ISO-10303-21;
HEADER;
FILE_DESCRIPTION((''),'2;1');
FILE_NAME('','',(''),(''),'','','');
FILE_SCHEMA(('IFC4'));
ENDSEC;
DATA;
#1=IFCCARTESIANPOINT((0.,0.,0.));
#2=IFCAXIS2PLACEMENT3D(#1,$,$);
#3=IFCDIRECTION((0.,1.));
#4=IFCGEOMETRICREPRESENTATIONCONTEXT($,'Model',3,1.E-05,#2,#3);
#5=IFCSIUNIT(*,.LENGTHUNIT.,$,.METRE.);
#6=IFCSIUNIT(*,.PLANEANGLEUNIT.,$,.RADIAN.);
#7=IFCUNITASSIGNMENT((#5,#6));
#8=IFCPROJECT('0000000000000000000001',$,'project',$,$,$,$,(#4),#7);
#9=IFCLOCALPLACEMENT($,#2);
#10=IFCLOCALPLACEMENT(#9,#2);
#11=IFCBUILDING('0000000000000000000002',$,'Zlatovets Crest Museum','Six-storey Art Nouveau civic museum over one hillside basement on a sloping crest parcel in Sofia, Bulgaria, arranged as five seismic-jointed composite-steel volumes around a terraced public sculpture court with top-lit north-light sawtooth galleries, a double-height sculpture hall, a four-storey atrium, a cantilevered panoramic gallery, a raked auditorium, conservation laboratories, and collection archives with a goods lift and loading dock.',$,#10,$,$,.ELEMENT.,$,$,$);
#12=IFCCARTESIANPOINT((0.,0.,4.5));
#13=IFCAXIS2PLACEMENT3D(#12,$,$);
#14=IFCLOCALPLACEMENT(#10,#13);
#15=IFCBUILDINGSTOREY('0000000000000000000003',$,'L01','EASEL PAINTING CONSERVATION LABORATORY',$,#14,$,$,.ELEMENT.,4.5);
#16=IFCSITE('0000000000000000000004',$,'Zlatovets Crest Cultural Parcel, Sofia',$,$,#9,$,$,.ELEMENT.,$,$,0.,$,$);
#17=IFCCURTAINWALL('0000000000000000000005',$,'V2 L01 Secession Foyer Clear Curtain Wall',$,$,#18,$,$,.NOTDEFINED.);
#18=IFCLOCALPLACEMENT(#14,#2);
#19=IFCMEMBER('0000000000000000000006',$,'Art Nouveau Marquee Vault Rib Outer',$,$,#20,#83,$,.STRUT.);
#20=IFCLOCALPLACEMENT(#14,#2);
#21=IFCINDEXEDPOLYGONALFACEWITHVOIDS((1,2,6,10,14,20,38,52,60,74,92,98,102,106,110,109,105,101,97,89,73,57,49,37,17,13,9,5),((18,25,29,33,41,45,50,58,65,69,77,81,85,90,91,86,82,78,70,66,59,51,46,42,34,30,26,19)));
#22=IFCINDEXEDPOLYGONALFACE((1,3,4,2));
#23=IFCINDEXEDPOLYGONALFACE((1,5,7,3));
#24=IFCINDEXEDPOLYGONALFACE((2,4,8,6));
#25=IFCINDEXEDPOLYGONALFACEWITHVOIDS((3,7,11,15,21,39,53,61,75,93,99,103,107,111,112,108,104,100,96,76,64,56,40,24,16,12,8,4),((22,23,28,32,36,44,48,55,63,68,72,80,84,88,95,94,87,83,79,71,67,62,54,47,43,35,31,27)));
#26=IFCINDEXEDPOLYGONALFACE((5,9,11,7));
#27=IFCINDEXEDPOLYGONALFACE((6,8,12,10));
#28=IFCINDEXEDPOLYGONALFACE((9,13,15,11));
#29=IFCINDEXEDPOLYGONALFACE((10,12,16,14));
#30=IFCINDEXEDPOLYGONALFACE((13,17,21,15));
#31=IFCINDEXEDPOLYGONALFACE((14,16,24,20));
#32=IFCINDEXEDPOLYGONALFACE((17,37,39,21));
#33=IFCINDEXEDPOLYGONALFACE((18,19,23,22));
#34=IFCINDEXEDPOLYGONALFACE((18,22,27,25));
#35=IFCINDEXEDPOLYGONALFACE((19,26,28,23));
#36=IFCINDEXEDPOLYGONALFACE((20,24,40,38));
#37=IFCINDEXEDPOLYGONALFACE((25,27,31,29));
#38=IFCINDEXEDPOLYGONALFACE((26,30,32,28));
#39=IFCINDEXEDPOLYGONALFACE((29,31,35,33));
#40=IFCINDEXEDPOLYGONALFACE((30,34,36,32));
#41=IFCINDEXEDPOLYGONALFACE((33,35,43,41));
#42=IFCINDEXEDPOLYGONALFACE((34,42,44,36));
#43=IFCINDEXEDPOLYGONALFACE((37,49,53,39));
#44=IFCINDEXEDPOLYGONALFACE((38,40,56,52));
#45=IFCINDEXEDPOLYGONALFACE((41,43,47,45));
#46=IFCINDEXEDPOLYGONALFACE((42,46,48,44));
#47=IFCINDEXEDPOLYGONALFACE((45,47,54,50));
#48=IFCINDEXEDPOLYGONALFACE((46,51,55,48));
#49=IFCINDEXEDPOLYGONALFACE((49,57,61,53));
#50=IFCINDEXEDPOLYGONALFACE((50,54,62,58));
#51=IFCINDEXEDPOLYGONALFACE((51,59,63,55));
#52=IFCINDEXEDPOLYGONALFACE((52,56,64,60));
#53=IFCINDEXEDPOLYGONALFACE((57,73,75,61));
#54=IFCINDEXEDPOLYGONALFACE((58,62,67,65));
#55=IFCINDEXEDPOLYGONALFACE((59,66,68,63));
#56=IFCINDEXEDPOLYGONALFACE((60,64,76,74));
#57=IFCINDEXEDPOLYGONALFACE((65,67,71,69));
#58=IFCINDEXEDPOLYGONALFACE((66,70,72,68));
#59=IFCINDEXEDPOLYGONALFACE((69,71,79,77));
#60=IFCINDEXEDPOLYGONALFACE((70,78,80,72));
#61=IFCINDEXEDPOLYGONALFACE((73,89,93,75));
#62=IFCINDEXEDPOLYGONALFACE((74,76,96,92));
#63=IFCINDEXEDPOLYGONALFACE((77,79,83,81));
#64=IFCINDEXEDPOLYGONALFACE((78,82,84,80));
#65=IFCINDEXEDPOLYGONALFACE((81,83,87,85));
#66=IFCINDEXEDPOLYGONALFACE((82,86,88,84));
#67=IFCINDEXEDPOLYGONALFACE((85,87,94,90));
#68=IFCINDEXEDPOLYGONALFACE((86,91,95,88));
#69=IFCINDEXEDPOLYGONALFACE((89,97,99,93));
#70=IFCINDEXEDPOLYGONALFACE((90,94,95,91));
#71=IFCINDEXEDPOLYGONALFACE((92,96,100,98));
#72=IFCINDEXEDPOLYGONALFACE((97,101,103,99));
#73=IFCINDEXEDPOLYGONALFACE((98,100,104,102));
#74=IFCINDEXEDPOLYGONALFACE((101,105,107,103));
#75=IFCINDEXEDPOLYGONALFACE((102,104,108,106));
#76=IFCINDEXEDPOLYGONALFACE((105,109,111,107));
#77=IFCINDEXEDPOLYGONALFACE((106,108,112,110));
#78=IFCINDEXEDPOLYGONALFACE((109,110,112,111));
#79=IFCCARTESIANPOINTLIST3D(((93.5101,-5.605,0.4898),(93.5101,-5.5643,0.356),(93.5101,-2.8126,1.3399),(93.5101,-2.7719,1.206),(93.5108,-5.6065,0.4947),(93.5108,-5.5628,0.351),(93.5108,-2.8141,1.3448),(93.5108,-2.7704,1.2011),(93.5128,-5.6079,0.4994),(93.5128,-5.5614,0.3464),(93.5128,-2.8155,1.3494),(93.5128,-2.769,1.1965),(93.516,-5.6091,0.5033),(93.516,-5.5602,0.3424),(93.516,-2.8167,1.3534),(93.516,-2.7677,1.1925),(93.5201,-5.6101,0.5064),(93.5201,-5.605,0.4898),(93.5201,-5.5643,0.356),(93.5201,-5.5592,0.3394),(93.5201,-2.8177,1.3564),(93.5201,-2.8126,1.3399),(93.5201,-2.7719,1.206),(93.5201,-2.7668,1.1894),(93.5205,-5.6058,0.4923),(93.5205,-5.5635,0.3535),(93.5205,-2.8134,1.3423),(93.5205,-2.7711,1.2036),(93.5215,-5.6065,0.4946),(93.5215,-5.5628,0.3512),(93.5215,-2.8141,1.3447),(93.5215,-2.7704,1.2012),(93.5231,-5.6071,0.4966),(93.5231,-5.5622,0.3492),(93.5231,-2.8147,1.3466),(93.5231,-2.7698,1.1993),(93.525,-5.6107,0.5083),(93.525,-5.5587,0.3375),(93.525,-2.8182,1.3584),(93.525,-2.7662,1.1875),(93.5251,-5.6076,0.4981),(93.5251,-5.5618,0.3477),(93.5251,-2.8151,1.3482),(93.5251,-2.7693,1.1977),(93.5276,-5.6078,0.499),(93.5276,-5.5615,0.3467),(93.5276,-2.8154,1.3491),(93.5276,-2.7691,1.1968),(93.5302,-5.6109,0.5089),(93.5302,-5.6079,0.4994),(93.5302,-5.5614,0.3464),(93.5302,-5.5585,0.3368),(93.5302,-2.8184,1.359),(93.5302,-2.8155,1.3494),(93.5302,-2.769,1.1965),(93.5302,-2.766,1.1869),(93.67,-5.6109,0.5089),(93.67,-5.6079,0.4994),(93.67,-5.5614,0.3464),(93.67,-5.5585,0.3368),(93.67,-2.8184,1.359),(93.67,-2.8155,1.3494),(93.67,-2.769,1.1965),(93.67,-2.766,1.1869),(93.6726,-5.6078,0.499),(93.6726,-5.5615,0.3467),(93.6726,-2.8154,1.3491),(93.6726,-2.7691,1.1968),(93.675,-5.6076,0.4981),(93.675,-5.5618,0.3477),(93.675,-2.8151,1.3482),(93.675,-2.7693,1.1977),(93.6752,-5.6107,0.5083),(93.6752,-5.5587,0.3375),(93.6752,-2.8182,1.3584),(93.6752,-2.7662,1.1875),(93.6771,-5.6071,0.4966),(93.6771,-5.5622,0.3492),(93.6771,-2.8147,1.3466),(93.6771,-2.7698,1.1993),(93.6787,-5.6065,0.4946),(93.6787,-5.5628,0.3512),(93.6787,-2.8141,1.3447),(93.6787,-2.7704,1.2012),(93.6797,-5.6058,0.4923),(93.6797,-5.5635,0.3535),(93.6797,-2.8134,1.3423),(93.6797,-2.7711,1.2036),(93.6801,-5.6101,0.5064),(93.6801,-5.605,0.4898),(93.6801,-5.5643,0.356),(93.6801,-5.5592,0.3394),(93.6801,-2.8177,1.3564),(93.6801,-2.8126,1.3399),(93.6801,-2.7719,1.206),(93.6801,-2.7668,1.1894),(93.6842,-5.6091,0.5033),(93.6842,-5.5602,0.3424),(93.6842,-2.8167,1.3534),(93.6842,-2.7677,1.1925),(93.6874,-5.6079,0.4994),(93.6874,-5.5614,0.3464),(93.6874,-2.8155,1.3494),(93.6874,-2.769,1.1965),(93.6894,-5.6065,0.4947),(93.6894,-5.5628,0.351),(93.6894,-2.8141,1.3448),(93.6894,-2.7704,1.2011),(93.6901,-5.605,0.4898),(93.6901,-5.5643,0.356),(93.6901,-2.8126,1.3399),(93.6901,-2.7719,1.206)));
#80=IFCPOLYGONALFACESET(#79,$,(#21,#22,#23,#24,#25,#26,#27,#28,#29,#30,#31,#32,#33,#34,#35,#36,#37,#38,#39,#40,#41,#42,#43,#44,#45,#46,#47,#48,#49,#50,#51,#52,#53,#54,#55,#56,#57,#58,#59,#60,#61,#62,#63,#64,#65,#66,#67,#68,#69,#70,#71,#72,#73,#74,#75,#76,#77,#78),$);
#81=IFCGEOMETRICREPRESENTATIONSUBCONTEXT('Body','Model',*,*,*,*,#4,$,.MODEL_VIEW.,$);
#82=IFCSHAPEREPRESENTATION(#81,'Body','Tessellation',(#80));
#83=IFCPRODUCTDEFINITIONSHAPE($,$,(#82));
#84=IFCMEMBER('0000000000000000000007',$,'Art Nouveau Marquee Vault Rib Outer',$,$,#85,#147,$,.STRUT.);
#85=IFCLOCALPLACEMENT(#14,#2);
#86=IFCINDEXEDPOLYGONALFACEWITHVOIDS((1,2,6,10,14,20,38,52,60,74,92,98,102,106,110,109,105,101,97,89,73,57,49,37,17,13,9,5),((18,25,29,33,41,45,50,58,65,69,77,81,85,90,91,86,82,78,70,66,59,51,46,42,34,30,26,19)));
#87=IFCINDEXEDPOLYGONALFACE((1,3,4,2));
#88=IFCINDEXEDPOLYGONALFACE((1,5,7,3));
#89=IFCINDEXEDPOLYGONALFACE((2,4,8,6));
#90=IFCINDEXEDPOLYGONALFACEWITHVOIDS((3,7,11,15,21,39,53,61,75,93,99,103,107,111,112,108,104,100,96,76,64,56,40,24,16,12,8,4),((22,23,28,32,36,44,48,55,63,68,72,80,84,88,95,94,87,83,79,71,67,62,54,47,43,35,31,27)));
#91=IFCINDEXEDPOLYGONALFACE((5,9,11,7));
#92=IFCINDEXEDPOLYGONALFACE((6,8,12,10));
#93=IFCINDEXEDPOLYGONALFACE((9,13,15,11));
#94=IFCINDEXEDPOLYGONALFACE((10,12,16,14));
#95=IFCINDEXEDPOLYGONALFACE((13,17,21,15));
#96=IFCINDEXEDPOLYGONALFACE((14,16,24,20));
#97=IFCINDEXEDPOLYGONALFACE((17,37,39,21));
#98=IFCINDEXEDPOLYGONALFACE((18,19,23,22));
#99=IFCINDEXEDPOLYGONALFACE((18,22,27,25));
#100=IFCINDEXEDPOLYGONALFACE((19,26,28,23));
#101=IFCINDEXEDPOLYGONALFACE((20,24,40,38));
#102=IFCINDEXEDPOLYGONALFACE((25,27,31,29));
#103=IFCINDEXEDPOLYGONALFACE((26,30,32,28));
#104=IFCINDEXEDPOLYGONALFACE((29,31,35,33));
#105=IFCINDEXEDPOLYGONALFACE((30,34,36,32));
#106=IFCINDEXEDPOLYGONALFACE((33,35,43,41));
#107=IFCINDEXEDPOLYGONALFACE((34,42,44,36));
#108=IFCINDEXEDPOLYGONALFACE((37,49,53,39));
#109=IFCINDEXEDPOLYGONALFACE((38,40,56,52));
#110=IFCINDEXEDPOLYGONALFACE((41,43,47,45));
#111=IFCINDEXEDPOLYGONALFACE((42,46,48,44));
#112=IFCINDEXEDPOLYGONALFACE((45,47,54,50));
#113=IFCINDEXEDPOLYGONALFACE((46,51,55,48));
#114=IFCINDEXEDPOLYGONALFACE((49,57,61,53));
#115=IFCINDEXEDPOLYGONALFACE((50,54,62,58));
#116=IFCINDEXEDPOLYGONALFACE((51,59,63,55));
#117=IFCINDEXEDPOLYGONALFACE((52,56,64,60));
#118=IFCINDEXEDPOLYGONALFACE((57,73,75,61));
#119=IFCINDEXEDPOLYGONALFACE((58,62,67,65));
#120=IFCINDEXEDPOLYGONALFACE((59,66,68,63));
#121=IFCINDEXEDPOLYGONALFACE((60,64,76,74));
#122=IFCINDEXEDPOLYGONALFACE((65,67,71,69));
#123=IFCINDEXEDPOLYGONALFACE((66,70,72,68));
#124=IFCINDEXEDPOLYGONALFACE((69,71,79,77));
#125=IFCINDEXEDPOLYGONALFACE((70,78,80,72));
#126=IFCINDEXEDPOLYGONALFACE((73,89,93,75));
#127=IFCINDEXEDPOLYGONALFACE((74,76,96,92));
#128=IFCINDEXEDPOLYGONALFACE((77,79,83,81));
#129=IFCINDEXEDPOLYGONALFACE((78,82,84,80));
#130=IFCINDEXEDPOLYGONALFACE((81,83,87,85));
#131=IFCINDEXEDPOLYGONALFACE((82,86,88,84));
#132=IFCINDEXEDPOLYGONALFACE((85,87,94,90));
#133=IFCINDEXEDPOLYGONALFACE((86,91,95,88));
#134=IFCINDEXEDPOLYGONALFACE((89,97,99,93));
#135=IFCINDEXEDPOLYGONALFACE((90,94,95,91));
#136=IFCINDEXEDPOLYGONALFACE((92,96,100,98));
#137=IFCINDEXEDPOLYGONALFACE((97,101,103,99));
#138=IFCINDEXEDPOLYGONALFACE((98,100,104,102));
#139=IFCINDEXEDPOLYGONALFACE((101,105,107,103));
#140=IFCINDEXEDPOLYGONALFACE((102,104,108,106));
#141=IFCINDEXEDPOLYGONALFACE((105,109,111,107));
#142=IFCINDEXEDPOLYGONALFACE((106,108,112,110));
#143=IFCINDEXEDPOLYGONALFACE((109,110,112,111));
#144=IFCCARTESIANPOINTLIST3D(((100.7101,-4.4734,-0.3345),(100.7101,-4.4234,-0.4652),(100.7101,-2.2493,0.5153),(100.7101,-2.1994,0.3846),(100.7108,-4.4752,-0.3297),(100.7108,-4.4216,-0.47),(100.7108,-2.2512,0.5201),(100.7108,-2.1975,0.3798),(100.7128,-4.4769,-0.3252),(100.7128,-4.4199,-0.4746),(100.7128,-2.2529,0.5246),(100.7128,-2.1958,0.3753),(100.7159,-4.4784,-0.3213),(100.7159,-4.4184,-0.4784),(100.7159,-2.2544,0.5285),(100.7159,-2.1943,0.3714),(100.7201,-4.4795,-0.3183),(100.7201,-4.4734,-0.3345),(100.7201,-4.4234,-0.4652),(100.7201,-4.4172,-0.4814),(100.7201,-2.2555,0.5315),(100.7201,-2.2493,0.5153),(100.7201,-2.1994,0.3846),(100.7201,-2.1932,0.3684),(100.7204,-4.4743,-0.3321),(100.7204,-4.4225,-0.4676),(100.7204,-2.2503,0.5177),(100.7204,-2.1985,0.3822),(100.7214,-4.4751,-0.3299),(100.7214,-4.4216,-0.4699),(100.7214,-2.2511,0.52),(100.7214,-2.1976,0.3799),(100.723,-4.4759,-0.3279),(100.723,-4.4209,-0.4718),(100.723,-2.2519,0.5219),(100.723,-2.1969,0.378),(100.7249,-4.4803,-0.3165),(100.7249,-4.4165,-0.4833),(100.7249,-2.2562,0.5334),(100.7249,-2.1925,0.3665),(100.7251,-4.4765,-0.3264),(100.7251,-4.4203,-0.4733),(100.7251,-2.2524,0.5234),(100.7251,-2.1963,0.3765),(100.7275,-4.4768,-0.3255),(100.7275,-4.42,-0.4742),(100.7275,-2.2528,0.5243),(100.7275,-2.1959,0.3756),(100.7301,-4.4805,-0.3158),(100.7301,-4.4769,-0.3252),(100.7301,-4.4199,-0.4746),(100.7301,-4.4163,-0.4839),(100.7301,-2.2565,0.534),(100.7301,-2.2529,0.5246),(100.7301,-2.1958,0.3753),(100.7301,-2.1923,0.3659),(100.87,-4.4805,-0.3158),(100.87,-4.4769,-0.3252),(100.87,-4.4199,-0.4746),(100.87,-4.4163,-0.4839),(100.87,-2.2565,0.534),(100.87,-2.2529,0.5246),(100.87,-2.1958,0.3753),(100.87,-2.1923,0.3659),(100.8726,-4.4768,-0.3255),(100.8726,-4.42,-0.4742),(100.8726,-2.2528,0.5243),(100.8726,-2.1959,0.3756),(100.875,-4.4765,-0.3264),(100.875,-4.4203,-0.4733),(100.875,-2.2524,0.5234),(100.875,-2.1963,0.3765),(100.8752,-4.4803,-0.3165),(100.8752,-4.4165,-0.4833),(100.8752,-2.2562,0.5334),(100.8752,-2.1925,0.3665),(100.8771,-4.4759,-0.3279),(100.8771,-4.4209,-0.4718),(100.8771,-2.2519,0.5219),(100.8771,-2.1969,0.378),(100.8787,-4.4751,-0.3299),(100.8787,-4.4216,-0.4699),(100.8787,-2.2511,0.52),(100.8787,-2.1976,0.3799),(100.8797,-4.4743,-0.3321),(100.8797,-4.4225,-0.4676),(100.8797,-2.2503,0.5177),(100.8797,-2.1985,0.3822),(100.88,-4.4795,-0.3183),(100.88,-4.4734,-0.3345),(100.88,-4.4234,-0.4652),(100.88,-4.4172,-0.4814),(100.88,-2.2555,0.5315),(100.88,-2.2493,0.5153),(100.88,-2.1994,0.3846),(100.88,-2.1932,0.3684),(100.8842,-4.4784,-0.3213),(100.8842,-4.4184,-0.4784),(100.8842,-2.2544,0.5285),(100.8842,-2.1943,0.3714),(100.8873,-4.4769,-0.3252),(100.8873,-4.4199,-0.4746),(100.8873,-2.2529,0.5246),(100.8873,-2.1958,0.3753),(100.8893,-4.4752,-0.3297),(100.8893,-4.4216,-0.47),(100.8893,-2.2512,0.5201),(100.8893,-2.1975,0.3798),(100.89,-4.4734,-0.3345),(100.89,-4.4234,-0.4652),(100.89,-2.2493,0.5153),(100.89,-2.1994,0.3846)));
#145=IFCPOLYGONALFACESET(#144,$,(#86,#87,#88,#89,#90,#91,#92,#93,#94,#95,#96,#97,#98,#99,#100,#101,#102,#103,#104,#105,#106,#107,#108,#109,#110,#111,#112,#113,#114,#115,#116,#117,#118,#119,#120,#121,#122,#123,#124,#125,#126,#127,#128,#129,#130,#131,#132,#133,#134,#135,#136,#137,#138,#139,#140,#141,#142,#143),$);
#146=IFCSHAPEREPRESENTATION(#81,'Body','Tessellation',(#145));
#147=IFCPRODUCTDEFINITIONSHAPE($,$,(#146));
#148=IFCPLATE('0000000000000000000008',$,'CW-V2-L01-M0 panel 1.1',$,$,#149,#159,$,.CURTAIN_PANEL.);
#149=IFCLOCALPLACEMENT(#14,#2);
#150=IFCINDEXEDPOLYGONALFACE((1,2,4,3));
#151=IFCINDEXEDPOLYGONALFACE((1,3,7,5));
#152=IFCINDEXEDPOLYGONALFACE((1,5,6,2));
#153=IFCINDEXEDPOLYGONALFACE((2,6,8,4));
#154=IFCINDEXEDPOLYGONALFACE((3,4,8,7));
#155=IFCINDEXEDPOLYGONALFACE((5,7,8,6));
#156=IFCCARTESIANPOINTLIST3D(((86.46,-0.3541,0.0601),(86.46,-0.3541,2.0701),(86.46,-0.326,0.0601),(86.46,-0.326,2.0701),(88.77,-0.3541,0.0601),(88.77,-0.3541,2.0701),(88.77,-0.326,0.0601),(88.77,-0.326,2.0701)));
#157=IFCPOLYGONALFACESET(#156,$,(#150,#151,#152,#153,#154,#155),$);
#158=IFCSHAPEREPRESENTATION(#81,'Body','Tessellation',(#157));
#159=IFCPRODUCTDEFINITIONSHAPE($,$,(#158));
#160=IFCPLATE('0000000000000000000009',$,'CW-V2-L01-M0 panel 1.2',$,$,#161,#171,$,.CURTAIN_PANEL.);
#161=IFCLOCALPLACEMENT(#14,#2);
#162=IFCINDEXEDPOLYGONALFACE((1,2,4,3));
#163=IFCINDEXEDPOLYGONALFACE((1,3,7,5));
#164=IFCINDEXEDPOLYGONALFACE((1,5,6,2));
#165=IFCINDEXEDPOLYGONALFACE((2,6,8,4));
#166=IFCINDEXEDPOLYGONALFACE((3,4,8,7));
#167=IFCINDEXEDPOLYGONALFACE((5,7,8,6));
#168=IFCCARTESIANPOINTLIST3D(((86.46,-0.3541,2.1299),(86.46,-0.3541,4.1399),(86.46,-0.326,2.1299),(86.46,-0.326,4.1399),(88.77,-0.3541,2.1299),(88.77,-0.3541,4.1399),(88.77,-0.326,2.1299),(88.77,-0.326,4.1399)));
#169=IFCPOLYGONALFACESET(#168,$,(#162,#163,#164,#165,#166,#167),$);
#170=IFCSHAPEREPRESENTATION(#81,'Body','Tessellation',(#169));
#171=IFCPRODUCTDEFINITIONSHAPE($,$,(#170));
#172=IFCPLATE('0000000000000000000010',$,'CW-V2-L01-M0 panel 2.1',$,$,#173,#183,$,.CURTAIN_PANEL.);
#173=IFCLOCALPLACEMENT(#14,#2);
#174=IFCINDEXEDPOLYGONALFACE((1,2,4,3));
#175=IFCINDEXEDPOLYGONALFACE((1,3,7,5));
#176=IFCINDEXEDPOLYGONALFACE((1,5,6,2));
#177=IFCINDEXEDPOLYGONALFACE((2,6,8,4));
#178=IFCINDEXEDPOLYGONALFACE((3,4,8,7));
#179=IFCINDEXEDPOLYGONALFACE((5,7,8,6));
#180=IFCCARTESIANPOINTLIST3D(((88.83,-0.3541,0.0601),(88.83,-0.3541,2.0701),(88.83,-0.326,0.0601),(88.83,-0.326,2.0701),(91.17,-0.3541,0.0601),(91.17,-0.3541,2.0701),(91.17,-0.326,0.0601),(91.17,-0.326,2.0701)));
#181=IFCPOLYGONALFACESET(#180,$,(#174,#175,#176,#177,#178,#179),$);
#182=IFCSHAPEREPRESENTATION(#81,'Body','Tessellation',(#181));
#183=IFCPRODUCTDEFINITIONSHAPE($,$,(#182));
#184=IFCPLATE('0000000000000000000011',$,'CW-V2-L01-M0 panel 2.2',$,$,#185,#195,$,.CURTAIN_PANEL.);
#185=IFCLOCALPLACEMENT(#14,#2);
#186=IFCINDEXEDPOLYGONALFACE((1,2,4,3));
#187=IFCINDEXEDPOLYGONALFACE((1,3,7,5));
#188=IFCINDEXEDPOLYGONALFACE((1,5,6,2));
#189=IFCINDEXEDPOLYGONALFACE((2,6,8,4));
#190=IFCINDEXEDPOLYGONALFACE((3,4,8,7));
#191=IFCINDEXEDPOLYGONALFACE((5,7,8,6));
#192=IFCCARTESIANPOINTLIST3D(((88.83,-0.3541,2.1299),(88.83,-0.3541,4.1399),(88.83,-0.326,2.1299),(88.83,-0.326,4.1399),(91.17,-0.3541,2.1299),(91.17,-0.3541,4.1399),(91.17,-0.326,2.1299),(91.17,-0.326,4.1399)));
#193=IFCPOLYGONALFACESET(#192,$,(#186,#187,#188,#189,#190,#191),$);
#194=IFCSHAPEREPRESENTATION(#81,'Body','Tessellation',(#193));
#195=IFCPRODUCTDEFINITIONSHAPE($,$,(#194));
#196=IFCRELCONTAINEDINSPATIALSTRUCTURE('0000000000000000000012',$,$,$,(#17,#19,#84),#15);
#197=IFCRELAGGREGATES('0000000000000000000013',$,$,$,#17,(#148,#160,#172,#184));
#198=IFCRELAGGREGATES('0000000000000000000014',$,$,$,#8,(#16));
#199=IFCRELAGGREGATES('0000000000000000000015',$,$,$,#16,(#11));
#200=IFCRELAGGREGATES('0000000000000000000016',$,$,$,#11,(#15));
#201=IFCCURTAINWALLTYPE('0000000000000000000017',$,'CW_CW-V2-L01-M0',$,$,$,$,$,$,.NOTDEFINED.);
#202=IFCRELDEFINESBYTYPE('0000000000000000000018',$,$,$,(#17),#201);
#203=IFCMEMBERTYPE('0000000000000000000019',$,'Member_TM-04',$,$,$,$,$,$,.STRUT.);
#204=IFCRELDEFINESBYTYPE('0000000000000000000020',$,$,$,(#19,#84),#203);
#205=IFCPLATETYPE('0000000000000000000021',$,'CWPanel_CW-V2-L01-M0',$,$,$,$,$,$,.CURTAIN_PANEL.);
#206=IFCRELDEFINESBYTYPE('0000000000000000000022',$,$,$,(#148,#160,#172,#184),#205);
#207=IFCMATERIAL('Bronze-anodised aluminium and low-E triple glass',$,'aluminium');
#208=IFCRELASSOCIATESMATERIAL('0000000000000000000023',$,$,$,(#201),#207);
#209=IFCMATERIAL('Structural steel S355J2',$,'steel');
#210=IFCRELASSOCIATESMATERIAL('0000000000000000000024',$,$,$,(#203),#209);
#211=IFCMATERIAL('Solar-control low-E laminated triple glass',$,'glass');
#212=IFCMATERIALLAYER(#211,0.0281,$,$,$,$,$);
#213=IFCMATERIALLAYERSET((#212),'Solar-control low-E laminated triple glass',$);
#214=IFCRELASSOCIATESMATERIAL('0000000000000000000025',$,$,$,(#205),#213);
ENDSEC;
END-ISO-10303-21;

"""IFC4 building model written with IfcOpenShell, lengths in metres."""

from ifc_helpers import new_model, si_unit, direction, frame, origin, origin_2d, place, context, subcontext, project, spatial, rectangle, hollow_rectangle, extrude, material, layer, layer_set, material_profile, profile_set, type_object, element, aggregate, save


model = new_model("IFC4")

# Units and contexts
model_context = context("Model", 3, precision=1e-05, world=origin(), true_north=direction((0.0, 1.0)))
body_context = subcontext(model_context, "Body", "Model", "MODEL_VIEW")
ifc_project = project(units=[si_unit("LENGTHUNIT", "METRE"), si_unit("PLANEANGLEUNIT", "RADIAN")], contexts=[model_context])

# Site, building, storey
site_placement = place(None, origin())
site = spatial("IfcSite", under=ifc_project, at=site_placement, Name="Zlatovets Crest Cultural Parcel, Sofia", CompositionType="ELEMENT", RefElevation=0.0)
building_placement = place(site_placement, origin())
building = spatial("IfcBuilding", under=site, at=building_placement, Name="Zlatovets Crest Museum", Description="Six-storey Art Nouveau civic museum over one hillside basement on a sloping crest parcel in Sofia, Bulgaria, arranged as five seismic-jointed composite-steel volumes around a terraced public sculpture court with top-lit north-light sawtooth galleries, a double-height sculpture hall, a four-storey atrium, a cantilevered panoramic gallery, a raked auditorium, conservation laboratories, and collection archives with a goods lift and loading dock.", CompositionType="ELEMENT")
storey_placement = place(building_placement, frame((0.0, 0.0, 4.5)))
storey = spatial("IfcBuildingStorey", under=building, at=storey_placement, Name="L01", Description="EASEL PAINTING CONSERVATION LABORATORY", CompositionType="ELEMENT", Elevation=4.5)

# Curtain wall
ifc_material_1 = material(Name="Bronze-anodised aluminium and low-E triple glass", Category="aluminium")
curtain_wall_type_1 = type_object("IfcCurtainWallType", Name="CW_CW-V2-L01-M0", PredefinedType="NOTDEFINED", material=ifc_material_1)
curtain_wall_1_placement = place(storey_placement, origin())
curtain_wall_1 = element("IfcCurtainWall", 1, at=curtain_wall_1_placement, inside=storey, type_object=curtain_wall_type_1, Name="V2 L01 Secession Foyer Clear Curtain Wall", PredefinedType="NOTDEFINED")

# Members
ifc_material_2 = material(Name="Structural steel S355J2", Category="steel")
ifc_material_profile_1 = material_profile(ifc_material_2, hollow_rectangle(XDim=0.1799, YDim=0.1799, WallThickness=0.01, InnerFilletRadius=0.01, OuterFilletRadius=0.02, at=origin_2d()), Name="SHS 180x180x10.0")
ifc_profile_set_1 = profile_set([ifc_material_profile_1], Name="Structural steel S355J2")
member_type_1 = type_object("IfcMemberType", Name="Member_TM-04", PredefinedType="STRUT", material=ifc_profile_set_1)
member_1_placement = place(storey_placement, frame((93.6001, -2.7922, 1.2729), z_axis=(0.0, -0.956654, -0.291228), x_axis=(1.0, 0.0, 0.0)))
element("IfcMember", 2, at=member_1_placement, inside=storey, type_object=member_type_1, Name="Art Nouveau Marquee Vault Rib Outer", PredefinedType="STRUT", context=body_context, shape_type="SweptSolid", body=[
    extrude(hollow_rectangle(XDim=0.1799, YDim=0.1799, WallThickness=0.01, InnerFilletRadius=0.01, OuterFilletRadius=0.02, at=origin_2d()), origin(), (0.0, 0.0, 1.0), 2.9189),
])
member_2_placement = place(storey_placement, frame((100.8, -2.2244, 0.45), z_axis=(0.0, -0.934128, -0.356937), x_axis=(1.0, 0.0, 0.0)))
element("IfcMember", 3, at=member_2_placement, inside=storey, type_object=member_type_1, Name="Art Nouveau Marquee Vault Rib Outer", PredefinedType="STRUT", context=body_context, shape_type="SweptSolid", body=[
    extrude(hollow_rectangle(XDim=0.1799, YDim=0.1799, WallThickness=0.01, InnerFilletRadius=0.01, OuterFilletRadius=0.02, at=origin_2d()), origin(), (0.0, 0.0, 1.0), 2.3809),
])

# Plates
ifc_material_3 = material(Name="Solar-control low-E laminated triple glass", Category="glass")
ifc_layer_1 = layer(ifc_material_3, 0.0281)
ifc_layer_set_1 = layer_set([ifc_layer_1], Name="Solar-control low-E laminated triple glass")
plate_type_1 = type_object("IfcPlateType", Name="CWPanel_CW-V2-L01-M0", PredefinedType="CURTAIN_PANEL", material=ifc_layer_set_1)
plate_1_placement = place(storey_placement, frame((87.615, -0.3401, 0.0601), z_axis=(0.0, 0.0, 1.0), x_axis=(1.0, 0.0, 0.0)))
plate_1 = element("IfcPlate", 4, at=plate_1_placement, type_object=plate_type_1, Name="CW-V2-L01-M0 panel 1.1", PredefinedType="CURTAIN_PANEL", context=body_context, shape_type="SweptSolid", body=[
    extrude(rectangle(XDim=2.3101, YDim=0.0281, at=origin_2d()), origin(), (0.0, 0.0, 1.0), 2.01),
])
plate_2_placement = place(storey_placement, frame((87.615, -0.3401, 2.1299), z_axis=(0.0, 0.0, 1.0), x_axis=(1.0, 0.0, 0.0)))
plate_2 = element("IfcPlate", 5, at=plate_2_placement, type_object=plate_type_1, Name="CW-V2-L01-M0 panel 1.2", PredefinedType="CURTAIN_PANEL", context=body_context, shape_type="SweptSolid", body=[
    extrude(rectangle(XDim=2.3101, YDim=0.0281, at=origin_2d()), origin(), (0.0, 0.0, 1.0), 2.01),
])
plate_3_placement = place(storey_placement, frame((90.0, -0.3401, 0.0601), z_axis=(0.0, 0.0, 1.0), x_axis=(1.0, 0.0, 0.0)))
plate_3 = element("IfcPlate", 6, at=plate_3_placement, type_object=plate_type_1, Name="CW-V2-L01-M0 panel 2.1", PredefinedType="CURTAIN_PANEL", context=body_context, shape_type="SweptSolid", body=[
    extrude(rectangle(XDim=2.3401, YDim=0.0281, at=origin_2d()), origin(), (0.0, 0.0, 1.0), 2.01),
])
plate_4_placement = place(storey_placement, frame((90.0, -0.3401, 2.1299), z_axis=(0.0, 0.0, 1.0), x_axis=(1.0, 0.0, 0.0)))
plate_4 = element("IfcPlate", 7, at=plate_4_placement, type_object=plate_type_1, Name="CW-V2-L01-M0 panel 2.2", PredefinedType="CURTAIN_PANEL", context=body_context, shape_type="SweptSolid", body=[
    extrude(rectangle(XDim=2.3401, YDim=0.0281, at=origin_2d()), origin(), (0.0, 0.0, 1.0), 2.01),
])
aggregate(curtain_wall_1, [plate_1, plate_2, plate_3, plate_4])

save(model, "model.ifc")
